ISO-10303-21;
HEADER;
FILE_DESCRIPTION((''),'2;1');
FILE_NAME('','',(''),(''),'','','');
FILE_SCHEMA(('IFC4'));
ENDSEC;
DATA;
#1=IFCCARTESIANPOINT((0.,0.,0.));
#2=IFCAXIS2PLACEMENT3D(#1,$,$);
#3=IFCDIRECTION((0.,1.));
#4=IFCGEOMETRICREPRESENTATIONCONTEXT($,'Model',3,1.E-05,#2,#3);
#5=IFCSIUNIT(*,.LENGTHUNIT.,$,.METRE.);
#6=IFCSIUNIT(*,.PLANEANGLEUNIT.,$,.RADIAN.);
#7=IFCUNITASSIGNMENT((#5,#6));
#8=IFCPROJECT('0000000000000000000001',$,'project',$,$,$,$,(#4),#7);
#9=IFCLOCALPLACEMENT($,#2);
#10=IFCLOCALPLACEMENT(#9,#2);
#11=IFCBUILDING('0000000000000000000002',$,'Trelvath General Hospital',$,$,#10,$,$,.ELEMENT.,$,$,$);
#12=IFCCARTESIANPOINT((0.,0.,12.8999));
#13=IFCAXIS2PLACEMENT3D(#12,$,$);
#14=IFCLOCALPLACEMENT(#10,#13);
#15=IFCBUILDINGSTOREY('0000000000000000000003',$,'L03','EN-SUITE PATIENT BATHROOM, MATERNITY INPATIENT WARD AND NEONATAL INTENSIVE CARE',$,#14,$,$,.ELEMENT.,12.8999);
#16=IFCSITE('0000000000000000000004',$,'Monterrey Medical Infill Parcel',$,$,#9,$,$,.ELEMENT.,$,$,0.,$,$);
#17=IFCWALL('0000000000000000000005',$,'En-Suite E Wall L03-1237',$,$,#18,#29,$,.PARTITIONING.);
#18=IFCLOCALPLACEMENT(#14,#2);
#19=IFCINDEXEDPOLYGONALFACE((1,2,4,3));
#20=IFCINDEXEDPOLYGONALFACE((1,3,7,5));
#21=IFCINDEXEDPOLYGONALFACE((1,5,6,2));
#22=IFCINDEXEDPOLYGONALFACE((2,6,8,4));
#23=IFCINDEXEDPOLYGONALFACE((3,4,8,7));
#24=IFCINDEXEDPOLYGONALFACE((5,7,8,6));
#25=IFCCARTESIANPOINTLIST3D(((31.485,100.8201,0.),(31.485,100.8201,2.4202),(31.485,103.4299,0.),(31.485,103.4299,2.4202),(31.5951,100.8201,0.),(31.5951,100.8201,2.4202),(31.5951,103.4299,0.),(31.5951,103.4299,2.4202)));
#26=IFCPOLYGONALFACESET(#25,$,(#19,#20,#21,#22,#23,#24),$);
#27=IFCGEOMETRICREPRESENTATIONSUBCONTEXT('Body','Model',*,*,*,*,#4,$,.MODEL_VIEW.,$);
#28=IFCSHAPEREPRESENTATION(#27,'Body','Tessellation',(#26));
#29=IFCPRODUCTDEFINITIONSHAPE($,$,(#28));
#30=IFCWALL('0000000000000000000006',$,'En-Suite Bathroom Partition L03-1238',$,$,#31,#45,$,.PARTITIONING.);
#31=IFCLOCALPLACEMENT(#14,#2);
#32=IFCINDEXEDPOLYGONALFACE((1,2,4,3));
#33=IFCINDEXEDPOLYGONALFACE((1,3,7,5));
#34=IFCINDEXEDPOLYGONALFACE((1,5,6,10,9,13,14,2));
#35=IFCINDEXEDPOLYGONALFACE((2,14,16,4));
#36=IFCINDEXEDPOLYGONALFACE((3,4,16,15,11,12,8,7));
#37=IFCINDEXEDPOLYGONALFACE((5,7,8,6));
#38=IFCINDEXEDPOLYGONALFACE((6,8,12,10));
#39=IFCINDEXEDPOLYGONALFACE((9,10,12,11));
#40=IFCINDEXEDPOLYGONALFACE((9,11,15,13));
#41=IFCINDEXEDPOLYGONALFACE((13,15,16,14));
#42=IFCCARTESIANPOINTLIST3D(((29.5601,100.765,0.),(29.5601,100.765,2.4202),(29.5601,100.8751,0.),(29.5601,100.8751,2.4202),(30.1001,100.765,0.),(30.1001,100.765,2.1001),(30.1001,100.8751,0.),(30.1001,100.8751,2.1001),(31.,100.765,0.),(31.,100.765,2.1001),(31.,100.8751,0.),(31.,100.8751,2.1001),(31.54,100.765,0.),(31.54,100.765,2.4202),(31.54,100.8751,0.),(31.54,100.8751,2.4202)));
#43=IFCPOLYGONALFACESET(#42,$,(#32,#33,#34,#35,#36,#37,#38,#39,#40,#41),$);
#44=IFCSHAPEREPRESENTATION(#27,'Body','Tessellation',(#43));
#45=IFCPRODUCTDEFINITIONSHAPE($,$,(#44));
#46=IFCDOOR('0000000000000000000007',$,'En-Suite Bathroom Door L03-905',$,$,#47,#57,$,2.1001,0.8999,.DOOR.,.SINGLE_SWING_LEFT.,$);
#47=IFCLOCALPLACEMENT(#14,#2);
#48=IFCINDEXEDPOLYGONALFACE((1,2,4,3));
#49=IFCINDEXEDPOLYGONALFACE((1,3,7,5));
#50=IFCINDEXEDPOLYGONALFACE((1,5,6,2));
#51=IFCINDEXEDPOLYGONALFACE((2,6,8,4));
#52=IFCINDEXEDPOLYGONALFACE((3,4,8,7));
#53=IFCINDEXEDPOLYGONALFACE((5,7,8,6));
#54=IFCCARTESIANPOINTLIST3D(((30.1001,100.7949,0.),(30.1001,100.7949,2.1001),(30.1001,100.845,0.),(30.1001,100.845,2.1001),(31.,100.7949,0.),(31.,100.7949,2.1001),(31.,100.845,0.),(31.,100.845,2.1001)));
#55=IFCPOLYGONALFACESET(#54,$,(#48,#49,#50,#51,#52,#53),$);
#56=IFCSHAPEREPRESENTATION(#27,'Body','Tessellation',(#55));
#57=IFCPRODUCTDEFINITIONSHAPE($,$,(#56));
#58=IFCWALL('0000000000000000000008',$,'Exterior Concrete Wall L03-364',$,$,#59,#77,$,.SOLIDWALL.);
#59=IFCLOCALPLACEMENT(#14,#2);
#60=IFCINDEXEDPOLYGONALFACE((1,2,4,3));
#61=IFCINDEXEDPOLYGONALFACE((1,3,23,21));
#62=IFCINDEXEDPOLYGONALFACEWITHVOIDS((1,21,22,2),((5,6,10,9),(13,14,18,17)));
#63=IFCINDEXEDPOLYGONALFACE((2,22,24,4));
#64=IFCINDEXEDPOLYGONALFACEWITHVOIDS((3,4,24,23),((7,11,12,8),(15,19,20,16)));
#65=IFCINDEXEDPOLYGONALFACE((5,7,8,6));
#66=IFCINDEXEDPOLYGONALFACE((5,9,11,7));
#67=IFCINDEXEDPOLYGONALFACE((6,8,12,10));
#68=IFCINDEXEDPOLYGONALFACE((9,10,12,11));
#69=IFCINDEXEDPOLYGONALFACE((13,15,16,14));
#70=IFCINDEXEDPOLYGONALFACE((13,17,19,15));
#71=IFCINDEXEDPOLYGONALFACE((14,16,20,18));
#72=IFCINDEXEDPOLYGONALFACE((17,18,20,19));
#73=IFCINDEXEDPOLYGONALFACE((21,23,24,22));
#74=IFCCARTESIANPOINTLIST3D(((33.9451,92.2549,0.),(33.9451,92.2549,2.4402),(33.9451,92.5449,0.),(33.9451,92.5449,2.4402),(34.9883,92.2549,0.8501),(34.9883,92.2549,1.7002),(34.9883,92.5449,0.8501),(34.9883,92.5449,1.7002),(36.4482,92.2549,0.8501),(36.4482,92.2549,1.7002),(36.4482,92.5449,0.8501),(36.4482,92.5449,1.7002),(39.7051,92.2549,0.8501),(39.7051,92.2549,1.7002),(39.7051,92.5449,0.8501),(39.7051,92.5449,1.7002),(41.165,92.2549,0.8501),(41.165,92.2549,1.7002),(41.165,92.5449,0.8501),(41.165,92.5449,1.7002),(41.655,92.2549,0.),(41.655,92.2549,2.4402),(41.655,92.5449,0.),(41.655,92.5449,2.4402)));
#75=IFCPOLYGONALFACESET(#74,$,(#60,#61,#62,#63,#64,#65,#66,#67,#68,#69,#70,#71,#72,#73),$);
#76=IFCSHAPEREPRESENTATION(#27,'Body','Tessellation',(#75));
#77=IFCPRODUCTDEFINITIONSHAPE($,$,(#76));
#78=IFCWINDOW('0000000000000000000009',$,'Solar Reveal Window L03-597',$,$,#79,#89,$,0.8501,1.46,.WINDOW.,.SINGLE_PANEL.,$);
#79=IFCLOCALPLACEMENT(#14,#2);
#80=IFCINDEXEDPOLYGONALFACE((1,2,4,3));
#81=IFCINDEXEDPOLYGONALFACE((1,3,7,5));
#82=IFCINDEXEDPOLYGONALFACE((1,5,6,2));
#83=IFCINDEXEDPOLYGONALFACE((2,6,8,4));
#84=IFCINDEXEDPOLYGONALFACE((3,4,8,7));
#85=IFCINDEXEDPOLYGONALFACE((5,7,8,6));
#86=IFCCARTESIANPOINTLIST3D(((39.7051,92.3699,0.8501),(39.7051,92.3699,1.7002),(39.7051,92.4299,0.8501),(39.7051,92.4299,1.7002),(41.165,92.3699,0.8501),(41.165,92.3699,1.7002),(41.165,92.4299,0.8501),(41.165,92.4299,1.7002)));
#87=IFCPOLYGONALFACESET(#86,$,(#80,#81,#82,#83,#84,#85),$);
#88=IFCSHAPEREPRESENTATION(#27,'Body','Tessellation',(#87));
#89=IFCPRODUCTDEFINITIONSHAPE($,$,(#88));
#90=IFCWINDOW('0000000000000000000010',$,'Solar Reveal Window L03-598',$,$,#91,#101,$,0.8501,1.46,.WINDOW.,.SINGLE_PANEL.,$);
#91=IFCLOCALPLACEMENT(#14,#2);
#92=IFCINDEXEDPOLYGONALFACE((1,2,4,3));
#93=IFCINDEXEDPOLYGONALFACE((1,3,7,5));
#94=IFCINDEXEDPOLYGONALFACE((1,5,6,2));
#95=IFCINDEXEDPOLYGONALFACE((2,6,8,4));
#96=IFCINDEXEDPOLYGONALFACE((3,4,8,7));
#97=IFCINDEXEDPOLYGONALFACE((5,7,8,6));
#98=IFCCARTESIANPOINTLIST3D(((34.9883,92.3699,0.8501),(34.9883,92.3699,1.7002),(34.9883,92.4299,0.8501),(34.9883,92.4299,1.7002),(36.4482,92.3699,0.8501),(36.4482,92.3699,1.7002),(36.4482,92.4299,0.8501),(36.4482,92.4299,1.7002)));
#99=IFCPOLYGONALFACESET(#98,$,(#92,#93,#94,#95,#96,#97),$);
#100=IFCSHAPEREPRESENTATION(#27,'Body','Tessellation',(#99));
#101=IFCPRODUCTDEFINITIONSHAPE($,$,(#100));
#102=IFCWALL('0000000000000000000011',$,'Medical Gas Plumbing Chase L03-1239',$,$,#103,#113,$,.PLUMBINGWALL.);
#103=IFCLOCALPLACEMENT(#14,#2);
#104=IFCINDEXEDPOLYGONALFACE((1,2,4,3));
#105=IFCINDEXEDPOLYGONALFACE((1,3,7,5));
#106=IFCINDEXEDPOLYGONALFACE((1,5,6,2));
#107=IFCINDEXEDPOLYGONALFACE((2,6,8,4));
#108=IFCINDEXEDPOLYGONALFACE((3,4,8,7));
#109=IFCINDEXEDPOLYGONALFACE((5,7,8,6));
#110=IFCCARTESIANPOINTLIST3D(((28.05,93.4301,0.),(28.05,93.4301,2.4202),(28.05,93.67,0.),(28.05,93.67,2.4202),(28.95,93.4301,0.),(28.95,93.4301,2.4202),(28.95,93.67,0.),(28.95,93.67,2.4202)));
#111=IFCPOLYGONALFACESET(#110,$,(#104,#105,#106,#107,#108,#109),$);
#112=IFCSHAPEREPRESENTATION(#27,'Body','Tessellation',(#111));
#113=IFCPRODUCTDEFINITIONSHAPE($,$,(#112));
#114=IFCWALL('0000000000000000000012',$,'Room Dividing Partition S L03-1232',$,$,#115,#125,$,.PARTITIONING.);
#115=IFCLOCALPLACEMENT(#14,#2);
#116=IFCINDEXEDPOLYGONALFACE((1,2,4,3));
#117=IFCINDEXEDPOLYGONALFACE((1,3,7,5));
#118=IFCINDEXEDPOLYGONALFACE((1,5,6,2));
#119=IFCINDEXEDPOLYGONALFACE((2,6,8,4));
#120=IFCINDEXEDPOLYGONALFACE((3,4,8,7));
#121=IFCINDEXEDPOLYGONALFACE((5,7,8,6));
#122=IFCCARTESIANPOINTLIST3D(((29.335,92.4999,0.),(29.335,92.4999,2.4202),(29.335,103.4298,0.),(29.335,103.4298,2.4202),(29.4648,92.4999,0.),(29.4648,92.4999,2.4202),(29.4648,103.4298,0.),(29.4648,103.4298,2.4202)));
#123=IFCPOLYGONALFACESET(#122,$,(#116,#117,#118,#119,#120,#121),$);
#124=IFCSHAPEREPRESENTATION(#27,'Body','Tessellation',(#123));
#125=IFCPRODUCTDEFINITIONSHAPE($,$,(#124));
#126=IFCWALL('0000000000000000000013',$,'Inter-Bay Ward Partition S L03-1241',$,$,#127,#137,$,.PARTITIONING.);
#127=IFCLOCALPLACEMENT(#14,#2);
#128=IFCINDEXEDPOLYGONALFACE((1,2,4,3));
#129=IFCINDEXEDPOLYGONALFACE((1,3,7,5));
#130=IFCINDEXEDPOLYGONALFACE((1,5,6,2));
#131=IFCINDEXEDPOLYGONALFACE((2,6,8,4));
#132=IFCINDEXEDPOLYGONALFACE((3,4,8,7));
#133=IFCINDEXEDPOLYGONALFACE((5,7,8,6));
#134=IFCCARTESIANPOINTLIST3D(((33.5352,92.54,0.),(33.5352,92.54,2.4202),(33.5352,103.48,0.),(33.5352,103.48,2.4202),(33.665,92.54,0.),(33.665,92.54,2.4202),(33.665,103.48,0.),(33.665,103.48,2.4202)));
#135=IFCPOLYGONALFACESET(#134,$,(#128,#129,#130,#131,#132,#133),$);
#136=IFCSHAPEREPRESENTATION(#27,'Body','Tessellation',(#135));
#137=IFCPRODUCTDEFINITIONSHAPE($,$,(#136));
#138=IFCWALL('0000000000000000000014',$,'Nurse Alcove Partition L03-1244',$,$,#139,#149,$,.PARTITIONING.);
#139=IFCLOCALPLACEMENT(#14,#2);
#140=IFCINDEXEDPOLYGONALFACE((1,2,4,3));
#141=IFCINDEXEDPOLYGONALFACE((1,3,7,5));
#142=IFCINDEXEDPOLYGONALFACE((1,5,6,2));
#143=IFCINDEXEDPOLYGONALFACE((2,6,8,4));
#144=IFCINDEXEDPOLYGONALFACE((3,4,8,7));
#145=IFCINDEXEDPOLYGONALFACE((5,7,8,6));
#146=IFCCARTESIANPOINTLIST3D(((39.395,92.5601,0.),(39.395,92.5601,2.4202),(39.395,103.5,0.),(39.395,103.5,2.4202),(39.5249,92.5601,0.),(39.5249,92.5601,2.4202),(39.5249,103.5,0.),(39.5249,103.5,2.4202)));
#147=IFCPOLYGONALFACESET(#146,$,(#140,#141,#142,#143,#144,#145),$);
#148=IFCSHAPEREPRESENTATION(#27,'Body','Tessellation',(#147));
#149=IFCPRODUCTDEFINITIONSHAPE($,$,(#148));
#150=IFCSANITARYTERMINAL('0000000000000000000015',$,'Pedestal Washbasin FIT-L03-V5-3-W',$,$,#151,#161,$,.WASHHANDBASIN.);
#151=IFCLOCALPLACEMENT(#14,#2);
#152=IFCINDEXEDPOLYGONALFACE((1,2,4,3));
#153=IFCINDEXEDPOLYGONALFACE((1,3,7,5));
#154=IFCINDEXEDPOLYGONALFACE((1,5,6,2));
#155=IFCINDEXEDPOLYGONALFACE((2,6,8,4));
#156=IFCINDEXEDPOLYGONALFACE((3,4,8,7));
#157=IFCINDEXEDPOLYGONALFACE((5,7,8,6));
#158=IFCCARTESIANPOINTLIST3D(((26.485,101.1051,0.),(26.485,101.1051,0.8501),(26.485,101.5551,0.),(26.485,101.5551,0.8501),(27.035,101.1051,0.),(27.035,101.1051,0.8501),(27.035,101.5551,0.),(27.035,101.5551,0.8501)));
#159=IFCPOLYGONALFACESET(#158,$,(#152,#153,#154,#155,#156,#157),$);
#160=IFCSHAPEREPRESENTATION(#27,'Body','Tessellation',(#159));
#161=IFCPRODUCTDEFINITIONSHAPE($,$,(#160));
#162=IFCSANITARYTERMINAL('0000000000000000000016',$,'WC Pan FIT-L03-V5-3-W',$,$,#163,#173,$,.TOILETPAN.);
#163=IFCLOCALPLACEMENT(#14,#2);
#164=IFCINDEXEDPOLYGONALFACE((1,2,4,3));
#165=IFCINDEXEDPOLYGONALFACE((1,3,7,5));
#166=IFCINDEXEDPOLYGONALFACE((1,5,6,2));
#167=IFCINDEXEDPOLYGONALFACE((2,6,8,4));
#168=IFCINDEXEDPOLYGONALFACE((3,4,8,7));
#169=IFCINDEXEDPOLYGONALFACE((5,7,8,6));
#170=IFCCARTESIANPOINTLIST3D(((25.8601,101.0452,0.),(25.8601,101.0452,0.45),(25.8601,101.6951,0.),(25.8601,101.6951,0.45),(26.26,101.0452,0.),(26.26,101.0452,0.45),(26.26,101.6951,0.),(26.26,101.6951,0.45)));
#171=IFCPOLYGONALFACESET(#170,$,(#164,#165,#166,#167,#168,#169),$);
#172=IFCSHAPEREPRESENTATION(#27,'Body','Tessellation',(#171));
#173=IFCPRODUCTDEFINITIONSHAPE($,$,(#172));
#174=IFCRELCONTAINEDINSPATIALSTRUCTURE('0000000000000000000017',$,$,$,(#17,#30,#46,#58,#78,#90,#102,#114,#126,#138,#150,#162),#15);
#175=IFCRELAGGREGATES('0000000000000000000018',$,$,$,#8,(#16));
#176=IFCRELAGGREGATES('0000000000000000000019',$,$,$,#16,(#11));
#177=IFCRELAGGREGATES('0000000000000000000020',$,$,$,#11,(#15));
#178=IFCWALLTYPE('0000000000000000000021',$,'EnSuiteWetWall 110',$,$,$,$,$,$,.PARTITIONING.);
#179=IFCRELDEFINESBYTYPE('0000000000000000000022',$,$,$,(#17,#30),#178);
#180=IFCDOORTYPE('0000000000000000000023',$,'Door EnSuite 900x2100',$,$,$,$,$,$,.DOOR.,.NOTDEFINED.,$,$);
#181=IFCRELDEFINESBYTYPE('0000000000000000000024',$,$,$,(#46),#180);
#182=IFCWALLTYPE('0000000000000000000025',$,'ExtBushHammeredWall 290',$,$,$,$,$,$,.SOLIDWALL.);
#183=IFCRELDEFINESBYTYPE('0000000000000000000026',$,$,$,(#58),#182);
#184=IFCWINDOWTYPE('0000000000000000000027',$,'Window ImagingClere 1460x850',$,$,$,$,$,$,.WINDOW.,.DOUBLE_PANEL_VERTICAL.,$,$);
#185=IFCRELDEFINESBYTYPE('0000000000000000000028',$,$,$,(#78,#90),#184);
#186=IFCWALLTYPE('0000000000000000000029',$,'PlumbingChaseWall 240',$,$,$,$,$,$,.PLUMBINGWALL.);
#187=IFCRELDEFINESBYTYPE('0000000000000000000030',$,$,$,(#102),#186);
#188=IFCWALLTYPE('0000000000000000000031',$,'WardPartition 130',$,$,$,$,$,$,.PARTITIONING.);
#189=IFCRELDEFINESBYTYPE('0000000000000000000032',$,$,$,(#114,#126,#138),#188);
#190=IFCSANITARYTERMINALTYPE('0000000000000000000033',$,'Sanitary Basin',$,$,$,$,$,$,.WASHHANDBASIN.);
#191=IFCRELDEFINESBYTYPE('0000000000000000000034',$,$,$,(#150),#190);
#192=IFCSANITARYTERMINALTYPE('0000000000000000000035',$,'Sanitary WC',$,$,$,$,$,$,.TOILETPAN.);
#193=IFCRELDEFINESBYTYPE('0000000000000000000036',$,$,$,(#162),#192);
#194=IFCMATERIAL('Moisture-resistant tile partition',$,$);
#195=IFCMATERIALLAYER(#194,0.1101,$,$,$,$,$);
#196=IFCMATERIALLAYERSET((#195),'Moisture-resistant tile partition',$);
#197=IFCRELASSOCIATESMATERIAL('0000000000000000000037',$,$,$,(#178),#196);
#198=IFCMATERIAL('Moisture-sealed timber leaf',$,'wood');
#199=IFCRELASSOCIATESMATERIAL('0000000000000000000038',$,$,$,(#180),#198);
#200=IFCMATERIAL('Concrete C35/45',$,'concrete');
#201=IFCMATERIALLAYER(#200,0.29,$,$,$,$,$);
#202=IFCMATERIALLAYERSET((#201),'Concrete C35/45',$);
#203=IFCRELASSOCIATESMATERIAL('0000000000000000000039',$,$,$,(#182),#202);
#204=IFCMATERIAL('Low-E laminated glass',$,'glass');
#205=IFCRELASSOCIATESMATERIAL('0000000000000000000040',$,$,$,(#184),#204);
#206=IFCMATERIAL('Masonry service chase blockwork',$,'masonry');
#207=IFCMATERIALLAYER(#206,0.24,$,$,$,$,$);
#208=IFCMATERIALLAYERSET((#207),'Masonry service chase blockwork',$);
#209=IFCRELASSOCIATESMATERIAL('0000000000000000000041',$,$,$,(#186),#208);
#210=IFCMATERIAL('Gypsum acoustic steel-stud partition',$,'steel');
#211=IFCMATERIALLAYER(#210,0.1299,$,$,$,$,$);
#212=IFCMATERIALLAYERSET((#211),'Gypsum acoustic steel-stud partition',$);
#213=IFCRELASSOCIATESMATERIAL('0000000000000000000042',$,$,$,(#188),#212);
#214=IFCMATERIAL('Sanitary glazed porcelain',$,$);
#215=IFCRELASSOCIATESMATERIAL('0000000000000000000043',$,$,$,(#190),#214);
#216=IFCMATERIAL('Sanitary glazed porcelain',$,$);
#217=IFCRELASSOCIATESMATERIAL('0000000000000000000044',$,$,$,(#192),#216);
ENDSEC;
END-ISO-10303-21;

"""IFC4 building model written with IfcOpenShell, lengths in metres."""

from ifc_helpers import new_model, si_unit, direction, frame, frame_2d, origin, origin_2d, place, context, subcontext, project, spatial, rectangle, extrude, material, layer, layer_set, type_object, element, fill, save


model = new_model("IFC4")

# Units and contexts
model_context = context("Model", 3, precision=1e-05, world=origin(), true_north=direction((0.0, 1.0)))
body_context = subcontext(model_context, "Body", "Model", "MODEL_VIEW")
ifc_project = project(units=[si_unit("LENGTHUNIT", "METRE"), si_unit("PLANEANGLEUNIT", "RADIAN")], contexts=[model_context])

# Site, building, storey
site_placement = place(None, origin())
site = spatial("IfcSite", under=ifc_project, at=site_placement, Name="Monterrey Medical Infill Parcel", CompositionType="ELEMENT", RefElevation=0.0)
building_placement = place(site_placement, origin())
building = spatial("IfcBuilding", under=site, at=building_placement, Name="Trelvath General Hospital", CompositionType="ELEMENT")
storey_placement = place(building_placement, frame((0.0, 0.0, 12.8999)))
storey = spatial("IfcBuildingStorey", under=building, at=storey_placement, Name="L03", Description="EN-SUITE PATIENT BATHROOM, MATERNITY INPATIENT WARD AND NEONATAL INTENSIVE CARE", CompositionType="ELEMENT", Elevation=12.8999)

# Shared definitions
ifc_material_1 = material(Name="Moisture-resistant tile partition")
ifc_layer_1 = layer(ifc_material_1, 0.1101)
ifc_layer_set_1 = layer_set([ifc_layer_1], Name="Moisture-resistant tile partition")
wall_type_1 = type_object("IfcWallType", Name="EnSuiteWetWall 110", PredefinedType="PARTITIONING", material=ifc_layer_set_1)

# Shared definitions
ifc_material_2 = material(Name="Moisture-sealed timber leaf", Category="wood")
door_type_1 = type_object("IfcDoorType", Name="Door EnSuite 900x2100", OperationType="NOTDEFINED", PredefinedType="DOOR", material=ifc_material_2)

# Wall
for number, where, z_axis, x_axis, name in (
    (1, (31.54, 100.8201, 0.0), (0.0, 0.0, 1.0), (0.0, 1.0, 0.0), "En-Suite E Wall L03-1237"),
):
    element("IfcWall", number, at=place(storey_placement, frame(where, z_axis=z_axis, x_axis=x_axis)), inside=storey, type_object=wall_type_1, Name=name, PredefinedType="PARTITIONING", context=body_context, shape_type="SweptSolid", body=[
        extrude(rectangle(XDim=2.6099, YDim=0.1101, at=frame_2d((1.3049, 0.0))), origin(), (0.0, 0.0, 1.0), 2.4202),
    ])

# Wall, opening, door
wall_1_placement = place(storey_placement, frame((29.5601, 100.8201, 0.0), z_axis=(0.0, 0.0, 1.0), x_axis=(1.0, 0.0, 0.0)))
wall_1 = element("IfcWall", 2, at=wall_1_placement, inside=storey, type_object=wall_type_1, Name="En-Suite Bathroom Partition L03-1238", PredefinedType="PARTITIONING", context=body_context, shape_type="SweptSolid", body=[
    extrude(rectangle(XDim=1.98, YDim=0.1101, at=frame_2d((0.99, 0.0))), origin(), (0.0, 0.0, 1.0), 2.4202),
])
opening_1_placement = place(wall_1_placement, frame((0.54, 0.0, 0.0)))
opening_1 = element("IfcOpeningElement", 3, at=opening_1_placement, cuts=wall_1, PredefinedType="OPENING", context=body_context, shape_type="SweptSolid", body=[
    extrude(rectangle(XDim=0.8999, YDim=2.1001, at=frame_2d((0.45, 1.05))), frame((0.0, 0.0649, 0.0), z_axis=(0.0, -1.0, 0.0), x_axis=(1.0, 0.0, 0.0)), (0.0, 0.0, 1.0), 0.1301),
])
door_1_placement = place(opening_1_placement, origin())
door_1 = element("IfcDoor", 4, at=door_1_placement, inside=storey, type_object=door_type_1, Name="En-Suite Bathroom Door L03-905", OperationType="SINGLE_SWING_LEFT", OverallHeight=2.1001, OverallWidth=0.8999, PredefinedType="DOOR", context=body_context, shape_type="SweptSolid", body=[
    extrude(rectangle(XDim=0.8999, YDim=2.1001, at=frame_2d((0.45, 1.05))), frame((0.0, 0.0249, 0.0), z_axis=(0.0, -1.0, 0.0), x_axis=(1.0, 0.0, 0.0)), (0.0, 0.0, 1.0), 0.05),
])
fill(opening_1, door_1)

# Wall, openings, windows
ifc_material_3 = material(Name="Concrete C35/45", Category="concrete")
ifc_layer_2 = layer(ifc_material_3, 0.29)
ifc_layer_set_2 = layer_set([ifc_layer_2], Name="Concrete C35/45")
wall_type_2 = type_object("IfcWallType", Name="ExtBushHammeredWall 290", PredefinedType="SOLIDWALL", material=ifc_layer_set_2)
wall_2_placement = place(storey_placement, frame((41.655, 92.3999, 0.0), z_axis=(0.0, 0.0, 1.0), x_axis=(-1.0, 0.0, 0.0)))
wall_2 = element("IfcWall", 5, at=wall_2_placement, inside=storey, type_object=wall_type_2, Name="Exterior Concrete Wall L03-364", PredefinedType="SOLIDWALL", context=body_context, shape_type="SweptSolid", body=[
    extrude(rectangle(XDim=7.71, YDim=0.29, at=frame_2d((3.855, 0.0))), origin(), (0.0, 0.0, 1.0), 2.4402),
])
opening_2_placement = place(wall_2_placement, frame((0.49, 0.0, 0.8501)))
opening_2 = element("IfcOpeningElement", 6, at=opening_2_placement, cuts=wall_2, PredefinedType="OPENING", context=body_context, shape_type="SweptSolid", body=[
    extrude(rectangle(XDim=1.46, YDim=0.8501, at=frame_2d((0.73, 0.425))), frame((0.0, 0.155, 0.0), z_axis=(0.0, -1.0, 0.0), x_axis=(1.0, 0.0, 0.0)), (0.0, 0.0, 1.0), 0.3101),
])
opening_3_placement = place(wall_2_placement, frame((5.2068, 0.0, 0.8501)))
opening_3 = element("IfcOpeningElement", 7, at=opening_3_placement, cuts=wall_2, PredefinedType="OPENING", context=body_context, shape_type="SweptSolid", body=[
    extrude(rectangle(XDim=1.46, YDim=0.8501, at=frame_2d((0.73, 0.425))), frame((0.0, 0.155, 0.0), z_axis=(0.0, -1.0, 0.0), x_axis=(1.0, 0.0, 0.0)), (0.0, 0.0, 1.0), 0.3101),
])
ifc_material_4 = material(Name="Low-E laminated glass", Category="glass")
window_type = type_object("IfcWindowType", Name="Window ImagingClere 1460x850", PartitioningType="DOUBLE_PANEL_VERTICAL", PredefinedType="WINDOW", material=ifc_material_4)
window_1_placement = place(opening_2_placement, origin())
window_1 = element("IfcWindow", 8, at=window_1_placement, inside=storey, type_object=window_type, Name="Solar Reveal Window L03-597", OverallHeight=0.8501, OverallWidth=1.46, PartitioningType="SINGLE_PANEL", PredefinedType="WINDOW", context=body_context, shape_type="SweptSolid", body=[
    extrude(rectangle(XDim=1.46, YDim=0.8501, at=frame_2d((0.73, 0.425))), frame((0.0, 0.03, 0.0), z_axis=(0.0, -1.0, 0.0), x_axis=(1.0, 0.0, 0.0)), (0.0, 0.0, 1.0), 0.0601),
])
fill(opening_2, window_1)
window_2_placement = place(opening_3_placement, origin())
window_2 = element("IfcWindow", 9, at=window_2_placement, inside=storey, type_object=window_type, Name="Solar Reveal Window L03-598", OverallHeight=0.8501, OverallWidth=1.46, PartitioningType="SINGLE_PANEL", PredefinedType="WINDOW", context=body_context, shape_type="SweptSolid", body=[
    extrude(rectangle(XDim=1.46, YDim=0.8501, at=frame_2d((0.73, 0.425))), frame((0.0, 0.03, 0.0), z_axis=(0.0, -1.0, 0.0), x_axis=(1.0, 0.0, 0.0)), (0.0, 0.0, 1.0), 0.0601),
])
fill(opening_3, window_2)

# Walls
ifc_material_5 = material(Name="Masonry service chase blockwork", Category="masonry")
ifc_layer_3 = layer(ifc_material_5, 0.24)
ifc_layer_set_3 = layer_set([ifc_layer_3], Name="Masonry service chase blockwork")
wall_type_3 = type_object("IfcWallType", Name="PlumbingChaseWall 240", PredefinedType="PLUMBINGWALL", material=ifc_layer_set_3)
wall_3_placement = place(storey_placement, frame((28.05, 93.55, 0.0), z_axis=(0.0, 0.0, 1.0), x_axis=(1.0, 0.0, 0.0)))
element("IfcWall", 10, at=wall_3_placement, inside=storey, type_object=wall_type_3, Name="Medical Gas Plumbing Chase L03-1239", PredefinedType="PLUMBINGWALL", context=body_context, shape_type="SweptSolid", body=[
    extrude(rectangle(XDim=0.8999, YDim=0.24, at=frame_2d((0.45, 0.0))), origin(), (0.0, 0.0, 1.0), 2.4202),
])
ifc_material_6 = material(Name="Gypsum acoustic steel-stud partition", Category="steel")
ifc_layer_4 = layer(ifc_material_6, 0.1299)
ifc_layer_set_4 = layer_set([ifc_layer_4], Name="Gypsum acoustic steel-stud partition")
wall_type_4 = type_object("IfcWallType", Name="WardPartition 130", PredefinedType="PARTITIONING", material=ifc_layer_set_4)
wall_4_placement = place(storey_placement, frame((29.3999, 92.5, 0.0), z_axis=(0.0, 0.0, 1.0), x_axis=(0.0, 1.0, 0.0)))
element("IfcWall", 11, at=wall_4_placement, inside=storey, type_object=wall_type_4, Name="Room Dividing Partition S L03-1232", PredefinedType="PARTITIONING", context=body_context, shape_type="SweptSolid", body=[
    extrude(rectangle(XDim=10.9299, YDim=0.1299, at=frame_2d((5.4648, 0.0))), origin(), (0.0, 0.0, 1.0), 2.4202),
])
for number, where, z_axis, x_axis, name in (
    (12, (33.6001, 92.54, 0.0), (0.0, 0.0, 1.0), (0.0, 1.0, 0.0), "Inter-Bay Ward Partition S L03-1241"),
    (13, (39.46, 92.5601, 0.0), (0.0, 0.0, 1.0), (0.0, 1.0, 0.0), "Nurse Alcove Partition L03-1244"),
):
    element("IfcWall", number, at=place(storey_placement, frame(where, z_axis=z_axis, x_axis=x_axis)), inside=storey, type_object=wall_type_4, Name=name, PredefinedType="PARTITIONING", context=body_context, shape_type="SweptSolid", body=[
        extrude(rectangle(XDim=10.9399, YDim=0.1299, at=frame_2d((5.47, 0.0))), origin(), (0.0, 0.0, 1.0), 2.4202),
    ])

# Sanitary terminals
ifc_material_7 = material(Name="Sanitary glazed porcelain")
sanitary_terminal_type_1 = type_object("IfcSanitaryTerminalType", Name="Sanitary Basin", PredefinedType="WASHHANDBASIN", material=ifc_material_7)
sanitary_terminal_1_placement = place(storey_placement, frame((26.76, 101.3301, 0.0), z_axis=(0.0, 0.0, 1.0), x_axis=(1.0, 0.0, 0.0)))
element("IfcSanitaryTerminal", 14, at=sanitary_terminal_1_placement, inside=storey, type_object=sanitary_terminal_type_1, Name="Pedestal Washbasin FIT-L03-V5-3-W", PredefinedType="WASHHANDBASIN", context=body_context, shape_type="SweptSolid", body=[
    extrude(rectangle(XDim=0.55, YDim=0.45, at=origin_2d()), origin(), (0.0, 0.0, 1.0), 0.8501),
])
ifc_material_8 = material(Name="Sanitary glazed porcelain")
sanitary_terminal_type_2 = type_object("IfcSanitaryTerminalType", Name="Sanitary WC", PredefinedType="TOILETPAN", material=ifc_material_8)
sanitary_terminal_2_placement = place(storey_placement, frame((26.0601, 101.3701, 0.0), z_axis=(0.0, 0.0, 1.0), x_axis=(1.0, 0.0, 0.0)))
element("IfcSanitaryTerminal", 15, at=sanitary_terminal_2_placement, inside=storey, type_object=sanitary_terminal_type_2, Name="WC Pan FIT-L03-V5-3-W", PredefinedType="TOILETPAN", context=body_context, shape_type="SweptSolid", body=[
    extrude(rectangle(XDim=0.3999, YDim=0.6499, at=origin_2d()), origin(), (0.0, 0.0, 1.0), 0.45),
])

save(model, "model.ifc")
